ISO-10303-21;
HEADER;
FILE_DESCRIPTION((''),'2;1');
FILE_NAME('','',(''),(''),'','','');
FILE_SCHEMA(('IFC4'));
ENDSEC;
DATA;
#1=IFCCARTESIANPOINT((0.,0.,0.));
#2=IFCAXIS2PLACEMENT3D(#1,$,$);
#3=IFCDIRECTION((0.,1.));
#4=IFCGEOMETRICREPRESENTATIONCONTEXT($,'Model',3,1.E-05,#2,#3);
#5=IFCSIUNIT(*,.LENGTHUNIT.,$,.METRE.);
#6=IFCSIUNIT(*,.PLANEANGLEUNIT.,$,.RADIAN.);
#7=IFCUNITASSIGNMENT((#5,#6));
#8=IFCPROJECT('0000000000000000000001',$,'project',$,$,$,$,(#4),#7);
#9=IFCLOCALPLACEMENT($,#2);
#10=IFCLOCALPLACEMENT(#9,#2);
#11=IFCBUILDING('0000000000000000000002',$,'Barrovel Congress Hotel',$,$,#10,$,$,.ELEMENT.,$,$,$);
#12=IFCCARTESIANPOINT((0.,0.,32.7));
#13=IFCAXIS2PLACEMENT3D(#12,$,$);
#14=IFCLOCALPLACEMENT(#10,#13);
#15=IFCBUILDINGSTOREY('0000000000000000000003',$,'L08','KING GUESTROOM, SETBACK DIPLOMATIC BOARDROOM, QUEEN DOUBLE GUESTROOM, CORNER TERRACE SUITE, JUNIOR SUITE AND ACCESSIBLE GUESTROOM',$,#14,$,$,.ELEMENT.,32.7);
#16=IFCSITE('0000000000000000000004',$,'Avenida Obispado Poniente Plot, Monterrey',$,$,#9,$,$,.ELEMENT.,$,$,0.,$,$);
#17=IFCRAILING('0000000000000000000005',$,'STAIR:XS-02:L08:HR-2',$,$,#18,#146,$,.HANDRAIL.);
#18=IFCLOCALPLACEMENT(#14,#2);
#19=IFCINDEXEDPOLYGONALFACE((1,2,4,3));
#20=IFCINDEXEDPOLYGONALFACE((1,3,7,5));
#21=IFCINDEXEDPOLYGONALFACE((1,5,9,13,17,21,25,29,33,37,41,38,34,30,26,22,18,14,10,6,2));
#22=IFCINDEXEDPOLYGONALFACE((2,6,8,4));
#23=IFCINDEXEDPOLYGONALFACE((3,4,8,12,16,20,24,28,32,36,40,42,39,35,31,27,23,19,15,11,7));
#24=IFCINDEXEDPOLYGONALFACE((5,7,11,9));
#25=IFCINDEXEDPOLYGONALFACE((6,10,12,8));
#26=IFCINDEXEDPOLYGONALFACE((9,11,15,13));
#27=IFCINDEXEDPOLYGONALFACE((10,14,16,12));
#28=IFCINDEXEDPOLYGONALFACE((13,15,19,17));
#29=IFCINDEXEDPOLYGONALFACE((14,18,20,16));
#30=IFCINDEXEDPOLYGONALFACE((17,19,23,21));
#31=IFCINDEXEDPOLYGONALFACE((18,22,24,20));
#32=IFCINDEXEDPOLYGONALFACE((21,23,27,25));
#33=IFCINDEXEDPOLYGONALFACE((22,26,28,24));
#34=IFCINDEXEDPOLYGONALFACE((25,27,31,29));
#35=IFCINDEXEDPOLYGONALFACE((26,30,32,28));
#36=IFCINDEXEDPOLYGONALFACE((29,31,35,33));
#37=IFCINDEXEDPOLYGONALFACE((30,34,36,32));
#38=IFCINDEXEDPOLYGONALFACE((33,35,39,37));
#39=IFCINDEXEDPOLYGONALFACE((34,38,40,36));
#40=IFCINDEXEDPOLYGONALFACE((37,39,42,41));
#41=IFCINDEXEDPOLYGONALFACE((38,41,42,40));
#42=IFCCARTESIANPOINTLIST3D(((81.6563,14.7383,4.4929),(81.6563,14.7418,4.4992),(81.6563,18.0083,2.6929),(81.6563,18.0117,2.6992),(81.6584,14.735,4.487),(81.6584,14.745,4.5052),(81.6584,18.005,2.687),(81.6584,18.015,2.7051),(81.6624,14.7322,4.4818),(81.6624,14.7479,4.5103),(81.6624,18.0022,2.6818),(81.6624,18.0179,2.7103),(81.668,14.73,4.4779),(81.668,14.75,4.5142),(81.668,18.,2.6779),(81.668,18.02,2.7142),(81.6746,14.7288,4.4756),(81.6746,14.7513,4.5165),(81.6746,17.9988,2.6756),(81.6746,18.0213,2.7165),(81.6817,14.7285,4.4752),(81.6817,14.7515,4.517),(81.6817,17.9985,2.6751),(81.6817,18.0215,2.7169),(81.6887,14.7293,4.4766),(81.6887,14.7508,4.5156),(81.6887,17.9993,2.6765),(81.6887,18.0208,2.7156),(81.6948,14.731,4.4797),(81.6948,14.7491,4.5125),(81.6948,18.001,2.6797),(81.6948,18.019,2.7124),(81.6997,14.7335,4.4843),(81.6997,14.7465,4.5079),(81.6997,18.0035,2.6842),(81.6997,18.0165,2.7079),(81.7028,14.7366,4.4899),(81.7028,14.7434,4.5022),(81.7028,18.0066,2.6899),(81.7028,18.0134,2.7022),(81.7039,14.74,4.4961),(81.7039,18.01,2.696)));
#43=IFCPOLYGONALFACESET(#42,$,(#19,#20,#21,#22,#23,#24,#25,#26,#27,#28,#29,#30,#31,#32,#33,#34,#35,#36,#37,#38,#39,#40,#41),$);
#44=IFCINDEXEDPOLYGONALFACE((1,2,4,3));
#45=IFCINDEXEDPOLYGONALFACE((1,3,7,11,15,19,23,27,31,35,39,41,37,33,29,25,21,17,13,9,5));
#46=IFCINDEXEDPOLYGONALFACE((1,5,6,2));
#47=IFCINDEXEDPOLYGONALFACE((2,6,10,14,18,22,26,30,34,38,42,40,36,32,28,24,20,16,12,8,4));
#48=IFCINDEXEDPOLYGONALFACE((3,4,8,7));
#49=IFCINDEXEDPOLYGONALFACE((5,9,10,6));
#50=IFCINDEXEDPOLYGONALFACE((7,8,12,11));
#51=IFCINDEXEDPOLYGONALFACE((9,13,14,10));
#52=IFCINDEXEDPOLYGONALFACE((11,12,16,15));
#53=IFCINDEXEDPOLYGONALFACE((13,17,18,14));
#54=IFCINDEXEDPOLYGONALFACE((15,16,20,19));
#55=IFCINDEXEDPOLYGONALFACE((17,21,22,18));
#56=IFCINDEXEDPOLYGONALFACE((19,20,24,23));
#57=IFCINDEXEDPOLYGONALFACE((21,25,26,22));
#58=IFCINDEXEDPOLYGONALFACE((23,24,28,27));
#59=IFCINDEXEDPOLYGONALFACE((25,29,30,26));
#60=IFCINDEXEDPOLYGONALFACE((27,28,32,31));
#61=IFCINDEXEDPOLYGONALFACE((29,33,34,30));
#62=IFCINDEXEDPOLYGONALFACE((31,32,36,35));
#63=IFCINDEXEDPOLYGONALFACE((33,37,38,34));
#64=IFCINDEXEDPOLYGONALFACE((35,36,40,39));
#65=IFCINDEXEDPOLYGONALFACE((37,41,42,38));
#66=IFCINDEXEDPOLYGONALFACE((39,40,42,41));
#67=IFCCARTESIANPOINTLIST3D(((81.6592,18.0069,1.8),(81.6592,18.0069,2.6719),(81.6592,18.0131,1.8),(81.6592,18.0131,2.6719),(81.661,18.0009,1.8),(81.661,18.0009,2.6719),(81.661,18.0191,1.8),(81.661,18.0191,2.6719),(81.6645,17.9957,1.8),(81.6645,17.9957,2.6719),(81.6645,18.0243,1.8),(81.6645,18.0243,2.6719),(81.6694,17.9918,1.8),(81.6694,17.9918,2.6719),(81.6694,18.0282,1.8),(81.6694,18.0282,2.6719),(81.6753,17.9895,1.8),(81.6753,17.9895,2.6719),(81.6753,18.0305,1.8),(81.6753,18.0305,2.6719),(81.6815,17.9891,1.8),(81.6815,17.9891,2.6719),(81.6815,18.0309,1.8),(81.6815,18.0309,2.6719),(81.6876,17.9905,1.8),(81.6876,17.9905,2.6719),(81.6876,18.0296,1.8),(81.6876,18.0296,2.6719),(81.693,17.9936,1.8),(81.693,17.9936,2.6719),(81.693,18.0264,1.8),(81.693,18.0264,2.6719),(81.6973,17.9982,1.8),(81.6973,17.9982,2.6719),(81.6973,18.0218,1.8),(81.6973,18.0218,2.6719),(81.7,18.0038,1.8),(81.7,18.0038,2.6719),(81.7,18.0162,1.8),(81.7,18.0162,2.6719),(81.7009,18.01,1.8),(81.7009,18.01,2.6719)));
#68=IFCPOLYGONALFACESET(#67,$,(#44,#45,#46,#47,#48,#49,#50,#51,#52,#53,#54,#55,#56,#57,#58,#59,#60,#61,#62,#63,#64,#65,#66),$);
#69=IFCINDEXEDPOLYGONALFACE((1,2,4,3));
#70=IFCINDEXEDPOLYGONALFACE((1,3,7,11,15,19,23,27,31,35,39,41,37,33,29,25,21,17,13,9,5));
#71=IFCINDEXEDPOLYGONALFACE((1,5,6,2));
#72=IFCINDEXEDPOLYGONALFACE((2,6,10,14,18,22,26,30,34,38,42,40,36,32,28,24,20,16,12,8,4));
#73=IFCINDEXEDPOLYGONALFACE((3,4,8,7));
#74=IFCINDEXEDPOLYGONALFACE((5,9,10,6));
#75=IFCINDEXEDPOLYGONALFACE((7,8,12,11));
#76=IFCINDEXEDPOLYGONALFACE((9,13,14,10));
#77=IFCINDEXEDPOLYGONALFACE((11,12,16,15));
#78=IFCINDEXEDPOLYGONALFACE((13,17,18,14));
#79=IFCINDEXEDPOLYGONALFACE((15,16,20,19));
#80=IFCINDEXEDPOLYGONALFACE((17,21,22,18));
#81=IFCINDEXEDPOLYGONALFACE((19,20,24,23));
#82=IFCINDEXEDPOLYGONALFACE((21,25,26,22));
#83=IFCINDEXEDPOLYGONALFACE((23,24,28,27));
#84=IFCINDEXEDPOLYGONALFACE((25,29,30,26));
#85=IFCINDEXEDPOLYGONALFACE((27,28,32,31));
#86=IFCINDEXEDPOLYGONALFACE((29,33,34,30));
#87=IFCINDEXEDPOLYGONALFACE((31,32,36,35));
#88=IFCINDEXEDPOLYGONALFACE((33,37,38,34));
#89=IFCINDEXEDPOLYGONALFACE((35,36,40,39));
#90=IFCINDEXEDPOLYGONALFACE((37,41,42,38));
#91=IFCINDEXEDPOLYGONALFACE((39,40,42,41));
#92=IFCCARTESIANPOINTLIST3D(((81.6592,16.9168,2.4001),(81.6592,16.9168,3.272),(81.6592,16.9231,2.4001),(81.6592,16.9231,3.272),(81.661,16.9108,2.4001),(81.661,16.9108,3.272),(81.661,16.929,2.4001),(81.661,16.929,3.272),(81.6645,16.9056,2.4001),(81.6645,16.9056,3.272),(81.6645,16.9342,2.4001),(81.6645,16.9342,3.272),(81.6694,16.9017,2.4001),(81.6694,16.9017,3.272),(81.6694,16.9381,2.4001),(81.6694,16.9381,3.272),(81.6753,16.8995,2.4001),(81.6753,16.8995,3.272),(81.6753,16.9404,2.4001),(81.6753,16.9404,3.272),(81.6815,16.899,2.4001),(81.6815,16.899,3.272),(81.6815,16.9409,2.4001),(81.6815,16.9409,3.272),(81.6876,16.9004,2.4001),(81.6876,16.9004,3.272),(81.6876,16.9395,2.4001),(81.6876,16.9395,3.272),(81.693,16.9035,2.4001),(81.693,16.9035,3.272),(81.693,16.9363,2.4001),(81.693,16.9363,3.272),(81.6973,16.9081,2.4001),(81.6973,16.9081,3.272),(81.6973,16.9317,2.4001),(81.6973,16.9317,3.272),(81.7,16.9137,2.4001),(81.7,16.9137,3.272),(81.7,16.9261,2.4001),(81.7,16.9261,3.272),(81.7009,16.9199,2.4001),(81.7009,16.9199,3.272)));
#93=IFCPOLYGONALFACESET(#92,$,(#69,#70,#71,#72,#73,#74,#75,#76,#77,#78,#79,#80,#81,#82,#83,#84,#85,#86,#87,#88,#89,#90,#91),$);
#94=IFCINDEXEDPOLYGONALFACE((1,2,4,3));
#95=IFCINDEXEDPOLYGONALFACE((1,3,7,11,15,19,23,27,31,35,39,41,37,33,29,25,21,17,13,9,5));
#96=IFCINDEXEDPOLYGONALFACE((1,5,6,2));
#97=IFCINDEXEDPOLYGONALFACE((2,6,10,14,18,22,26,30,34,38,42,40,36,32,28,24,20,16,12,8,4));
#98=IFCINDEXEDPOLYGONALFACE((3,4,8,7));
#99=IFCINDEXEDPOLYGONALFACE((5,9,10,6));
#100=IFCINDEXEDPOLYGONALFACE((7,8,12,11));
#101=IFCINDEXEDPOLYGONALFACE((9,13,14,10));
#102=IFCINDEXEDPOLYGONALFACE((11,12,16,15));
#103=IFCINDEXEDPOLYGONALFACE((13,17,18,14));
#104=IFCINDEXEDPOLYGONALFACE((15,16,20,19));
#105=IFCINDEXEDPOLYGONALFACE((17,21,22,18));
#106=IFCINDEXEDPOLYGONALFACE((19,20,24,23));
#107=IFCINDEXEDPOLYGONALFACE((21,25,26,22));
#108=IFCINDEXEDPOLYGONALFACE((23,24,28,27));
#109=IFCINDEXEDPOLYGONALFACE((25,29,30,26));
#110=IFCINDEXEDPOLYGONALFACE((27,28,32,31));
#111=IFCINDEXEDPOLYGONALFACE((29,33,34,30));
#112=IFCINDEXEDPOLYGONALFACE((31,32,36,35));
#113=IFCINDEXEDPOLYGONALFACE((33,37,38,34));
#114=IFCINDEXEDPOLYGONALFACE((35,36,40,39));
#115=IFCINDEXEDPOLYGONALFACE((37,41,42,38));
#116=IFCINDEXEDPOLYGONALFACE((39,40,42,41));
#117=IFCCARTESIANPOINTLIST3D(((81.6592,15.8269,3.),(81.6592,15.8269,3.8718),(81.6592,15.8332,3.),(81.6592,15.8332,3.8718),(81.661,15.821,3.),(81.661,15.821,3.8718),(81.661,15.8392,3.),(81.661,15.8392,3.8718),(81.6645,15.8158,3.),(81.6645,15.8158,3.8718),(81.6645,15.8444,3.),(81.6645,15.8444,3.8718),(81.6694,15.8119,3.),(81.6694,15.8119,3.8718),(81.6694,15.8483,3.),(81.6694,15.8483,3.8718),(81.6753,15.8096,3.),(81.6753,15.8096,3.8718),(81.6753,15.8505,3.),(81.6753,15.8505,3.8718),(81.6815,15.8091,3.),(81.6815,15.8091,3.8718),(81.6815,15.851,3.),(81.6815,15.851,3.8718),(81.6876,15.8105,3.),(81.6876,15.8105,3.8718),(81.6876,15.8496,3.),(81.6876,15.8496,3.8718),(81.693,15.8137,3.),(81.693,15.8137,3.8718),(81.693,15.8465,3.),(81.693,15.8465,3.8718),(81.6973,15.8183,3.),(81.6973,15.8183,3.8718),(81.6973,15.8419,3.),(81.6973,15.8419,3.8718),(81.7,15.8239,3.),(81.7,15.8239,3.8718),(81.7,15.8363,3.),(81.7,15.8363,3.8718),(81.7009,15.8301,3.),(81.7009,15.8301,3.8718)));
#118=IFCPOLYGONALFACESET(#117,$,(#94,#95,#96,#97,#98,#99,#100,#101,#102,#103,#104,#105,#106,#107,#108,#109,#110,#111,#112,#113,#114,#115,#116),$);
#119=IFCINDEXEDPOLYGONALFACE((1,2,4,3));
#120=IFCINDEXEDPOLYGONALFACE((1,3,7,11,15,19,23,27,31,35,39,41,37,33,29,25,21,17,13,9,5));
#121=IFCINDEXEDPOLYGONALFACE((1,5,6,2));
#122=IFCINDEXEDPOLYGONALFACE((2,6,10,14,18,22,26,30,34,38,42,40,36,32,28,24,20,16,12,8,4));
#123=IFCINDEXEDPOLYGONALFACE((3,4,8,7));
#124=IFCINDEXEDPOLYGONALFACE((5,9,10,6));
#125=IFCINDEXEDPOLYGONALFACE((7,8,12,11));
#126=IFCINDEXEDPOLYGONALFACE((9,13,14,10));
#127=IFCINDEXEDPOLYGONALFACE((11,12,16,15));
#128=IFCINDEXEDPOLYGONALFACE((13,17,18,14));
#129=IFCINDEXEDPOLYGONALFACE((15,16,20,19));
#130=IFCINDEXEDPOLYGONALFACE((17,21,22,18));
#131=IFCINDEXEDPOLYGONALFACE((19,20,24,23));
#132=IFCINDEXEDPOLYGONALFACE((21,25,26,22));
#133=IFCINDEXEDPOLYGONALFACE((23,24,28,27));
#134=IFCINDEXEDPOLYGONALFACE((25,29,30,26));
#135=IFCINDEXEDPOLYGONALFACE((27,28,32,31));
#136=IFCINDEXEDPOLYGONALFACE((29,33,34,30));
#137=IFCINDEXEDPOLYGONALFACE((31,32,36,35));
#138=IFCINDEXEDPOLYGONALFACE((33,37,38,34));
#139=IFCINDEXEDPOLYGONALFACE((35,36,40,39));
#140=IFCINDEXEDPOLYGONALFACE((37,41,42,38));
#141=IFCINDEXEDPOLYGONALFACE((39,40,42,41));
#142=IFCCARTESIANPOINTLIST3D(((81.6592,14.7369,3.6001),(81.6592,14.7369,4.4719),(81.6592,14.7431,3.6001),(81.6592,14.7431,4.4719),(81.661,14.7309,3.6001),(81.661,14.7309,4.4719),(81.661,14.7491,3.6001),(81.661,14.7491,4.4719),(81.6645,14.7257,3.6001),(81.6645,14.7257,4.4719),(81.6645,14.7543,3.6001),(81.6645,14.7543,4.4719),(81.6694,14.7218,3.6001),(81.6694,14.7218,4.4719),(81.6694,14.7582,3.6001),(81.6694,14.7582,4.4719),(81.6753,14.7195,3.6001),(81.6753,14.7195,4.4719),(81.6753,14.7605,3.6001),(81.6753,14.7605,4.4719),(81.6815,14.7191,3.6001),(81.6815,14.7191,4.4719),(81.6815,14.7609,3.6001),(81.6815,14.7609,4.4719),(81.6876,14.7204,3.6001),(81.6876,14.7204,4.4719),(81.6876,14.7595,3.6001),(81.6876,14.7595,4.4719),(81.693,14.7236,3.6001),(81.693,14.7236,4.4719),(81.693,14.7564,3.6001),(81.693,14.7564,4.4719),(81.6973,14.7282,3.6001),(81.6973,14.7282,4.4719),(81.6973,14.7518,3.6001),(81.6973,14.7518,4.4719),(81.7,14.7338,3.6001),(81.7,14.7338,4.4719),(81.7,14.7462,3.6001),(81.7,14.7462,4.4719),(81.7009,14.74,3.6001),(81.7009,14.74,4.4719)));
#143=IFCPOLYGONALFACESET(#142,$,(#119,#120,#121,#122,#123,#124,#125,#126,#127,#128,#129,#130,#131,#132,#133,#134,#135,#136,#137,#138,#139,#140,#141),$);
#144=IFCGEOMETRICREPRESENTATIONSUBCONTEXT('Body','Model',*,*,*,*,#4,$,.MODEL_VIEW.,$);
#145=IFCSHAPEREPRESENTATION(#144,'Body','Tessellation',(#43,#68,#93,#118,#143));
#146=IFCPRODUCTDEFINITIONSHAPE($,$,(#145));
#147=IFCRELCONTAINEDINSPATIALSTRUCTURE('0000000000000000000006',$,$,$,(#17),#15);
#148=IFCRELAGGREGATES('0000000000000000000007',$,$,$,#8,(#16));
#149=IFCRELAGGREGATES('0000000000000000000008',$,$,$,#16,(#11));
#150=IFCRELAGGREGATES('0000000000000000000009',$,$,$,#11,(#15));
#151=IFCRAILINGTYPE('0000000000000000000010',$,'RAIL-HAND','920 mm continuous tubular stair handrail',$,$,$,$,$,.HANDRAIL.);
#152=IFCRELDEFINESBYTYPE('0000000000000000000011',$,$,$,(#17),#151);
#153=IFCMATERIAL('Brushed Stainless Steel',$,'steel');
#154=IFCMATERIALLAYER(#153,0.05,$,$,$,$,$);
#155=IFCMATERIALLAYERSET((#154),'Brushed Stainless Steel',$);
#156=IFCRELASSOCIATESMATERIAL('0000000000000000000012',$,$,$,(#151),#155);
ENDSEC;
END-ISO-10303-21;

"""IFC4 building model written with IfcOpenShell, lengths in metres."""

from ifc_helpers import new_model, si_unit, direction, frame, origin, origin_2d, place, context, subcontext, project, spatial, circle, extrude, material, layer, layer_set, type_object, element, save


model = new_model("IFC4")

# Units and contexts
model_context = context("Model", 3, precision=1e-05, world=origin(), true_north=direction((0.0, 1.0)))
body_context = subcontext(model_context, "Body", "Model", "MODEL_VIEW")
ifc_project = project(units=[si_unit("LENGTHUNIT", "METRE"), si_unit("PLANEANGLEUNIT", "RADIAN")], contexts=[model_context])

# Site, building, storey
site_placement = place(None, origin())
site = spatial("IfcSite", under=ifc_project, at=site_placement, Name="Avenida Obispado Poniente Plot, Monterrey", CompositionType="ELEMENT", RefElevation=0.0)
building_placement = place(site_placement, origin())
building = spatial("IfcBuilding", under=site, at=building_placement, Name="Barrovel Congress Hotel", CompositionType="ELEMENT")
storey_placement = place(building_placement, frame((0.0, 0.0, 32.7)))
storey = spatial("IfcBuildingStorey", under=building, at=storey_placement, Name="L08", Description="KING GUESTROOM, SETBACK DIPLOMATIC BOARDROOM, QUEEN DOUBLE GUESTROOM, CORNER TERRACE SUITE, JUNIOR SUITE AND ACCESSIBLE GUESTROOM", CompositionType="ELEMENT", Elevation=32.7)

# Shared definitions
ifc_material_1 = material(Name="Brushed Stainless Steel", Category="steel")

# Railing
ifc_layer_1 = layer(ifc_material_1, 0.05)
ifc_layer_set_1 = layer_set([ifc_layer_1], Name="Brushed Stainless Steel")
railing_type_1 = type_object("IfcRailingType", Name="RAIL-HAND", Description="920 mm continuous tubular stair handrail", PredefinedType="HANDRAIL", material=ifc_layer_set_1)
railing_1_placement = place(storey_placement, frame((81.6799, 18.01, 1.8)))
element("IfcRailing", 1, at=railing_1_placement, inside=storey, type_object=railing_type_1, Name="STAIR:XS-02:L08:HR-2", PredefinedType="HANDRAIL", context=body_context, shape_type="SweptSolid", body=[
    extrude(circle(Radius=0.0239, at=origin_2d()), frame((0.0, 0.0, 0.896), z_axis=(0.0, -0.876042, 0.482235), x_axis=(1.0, 0.0, 0.0)), (0.0, 0.0, 1.0), 3.7327),
    extrude(circle(Radius=0.021, at=origin_2d()), origin(), (0.0, 0.0, 1.0), 0.8718),
    extrude(circle(Radius=0.021, at=origin_2d()), frame((0.0, -1.0901, 0.6001)), (0.0, 0.0, 1.0), 0.8718),
    extrude(circle(Radius=0.021, at=origin_2d()), frame((0.0, -2.1799, 1.2)), (0.0, 0.0, 1.0), 0.8718),
    extrude(circle(Radius=0.021, at=origin_2d()), frame((0.0, -3.27, 1.8)), (0.0, 0.0, 1.0), 0.8718),
])

save(model, "model.ifc")
